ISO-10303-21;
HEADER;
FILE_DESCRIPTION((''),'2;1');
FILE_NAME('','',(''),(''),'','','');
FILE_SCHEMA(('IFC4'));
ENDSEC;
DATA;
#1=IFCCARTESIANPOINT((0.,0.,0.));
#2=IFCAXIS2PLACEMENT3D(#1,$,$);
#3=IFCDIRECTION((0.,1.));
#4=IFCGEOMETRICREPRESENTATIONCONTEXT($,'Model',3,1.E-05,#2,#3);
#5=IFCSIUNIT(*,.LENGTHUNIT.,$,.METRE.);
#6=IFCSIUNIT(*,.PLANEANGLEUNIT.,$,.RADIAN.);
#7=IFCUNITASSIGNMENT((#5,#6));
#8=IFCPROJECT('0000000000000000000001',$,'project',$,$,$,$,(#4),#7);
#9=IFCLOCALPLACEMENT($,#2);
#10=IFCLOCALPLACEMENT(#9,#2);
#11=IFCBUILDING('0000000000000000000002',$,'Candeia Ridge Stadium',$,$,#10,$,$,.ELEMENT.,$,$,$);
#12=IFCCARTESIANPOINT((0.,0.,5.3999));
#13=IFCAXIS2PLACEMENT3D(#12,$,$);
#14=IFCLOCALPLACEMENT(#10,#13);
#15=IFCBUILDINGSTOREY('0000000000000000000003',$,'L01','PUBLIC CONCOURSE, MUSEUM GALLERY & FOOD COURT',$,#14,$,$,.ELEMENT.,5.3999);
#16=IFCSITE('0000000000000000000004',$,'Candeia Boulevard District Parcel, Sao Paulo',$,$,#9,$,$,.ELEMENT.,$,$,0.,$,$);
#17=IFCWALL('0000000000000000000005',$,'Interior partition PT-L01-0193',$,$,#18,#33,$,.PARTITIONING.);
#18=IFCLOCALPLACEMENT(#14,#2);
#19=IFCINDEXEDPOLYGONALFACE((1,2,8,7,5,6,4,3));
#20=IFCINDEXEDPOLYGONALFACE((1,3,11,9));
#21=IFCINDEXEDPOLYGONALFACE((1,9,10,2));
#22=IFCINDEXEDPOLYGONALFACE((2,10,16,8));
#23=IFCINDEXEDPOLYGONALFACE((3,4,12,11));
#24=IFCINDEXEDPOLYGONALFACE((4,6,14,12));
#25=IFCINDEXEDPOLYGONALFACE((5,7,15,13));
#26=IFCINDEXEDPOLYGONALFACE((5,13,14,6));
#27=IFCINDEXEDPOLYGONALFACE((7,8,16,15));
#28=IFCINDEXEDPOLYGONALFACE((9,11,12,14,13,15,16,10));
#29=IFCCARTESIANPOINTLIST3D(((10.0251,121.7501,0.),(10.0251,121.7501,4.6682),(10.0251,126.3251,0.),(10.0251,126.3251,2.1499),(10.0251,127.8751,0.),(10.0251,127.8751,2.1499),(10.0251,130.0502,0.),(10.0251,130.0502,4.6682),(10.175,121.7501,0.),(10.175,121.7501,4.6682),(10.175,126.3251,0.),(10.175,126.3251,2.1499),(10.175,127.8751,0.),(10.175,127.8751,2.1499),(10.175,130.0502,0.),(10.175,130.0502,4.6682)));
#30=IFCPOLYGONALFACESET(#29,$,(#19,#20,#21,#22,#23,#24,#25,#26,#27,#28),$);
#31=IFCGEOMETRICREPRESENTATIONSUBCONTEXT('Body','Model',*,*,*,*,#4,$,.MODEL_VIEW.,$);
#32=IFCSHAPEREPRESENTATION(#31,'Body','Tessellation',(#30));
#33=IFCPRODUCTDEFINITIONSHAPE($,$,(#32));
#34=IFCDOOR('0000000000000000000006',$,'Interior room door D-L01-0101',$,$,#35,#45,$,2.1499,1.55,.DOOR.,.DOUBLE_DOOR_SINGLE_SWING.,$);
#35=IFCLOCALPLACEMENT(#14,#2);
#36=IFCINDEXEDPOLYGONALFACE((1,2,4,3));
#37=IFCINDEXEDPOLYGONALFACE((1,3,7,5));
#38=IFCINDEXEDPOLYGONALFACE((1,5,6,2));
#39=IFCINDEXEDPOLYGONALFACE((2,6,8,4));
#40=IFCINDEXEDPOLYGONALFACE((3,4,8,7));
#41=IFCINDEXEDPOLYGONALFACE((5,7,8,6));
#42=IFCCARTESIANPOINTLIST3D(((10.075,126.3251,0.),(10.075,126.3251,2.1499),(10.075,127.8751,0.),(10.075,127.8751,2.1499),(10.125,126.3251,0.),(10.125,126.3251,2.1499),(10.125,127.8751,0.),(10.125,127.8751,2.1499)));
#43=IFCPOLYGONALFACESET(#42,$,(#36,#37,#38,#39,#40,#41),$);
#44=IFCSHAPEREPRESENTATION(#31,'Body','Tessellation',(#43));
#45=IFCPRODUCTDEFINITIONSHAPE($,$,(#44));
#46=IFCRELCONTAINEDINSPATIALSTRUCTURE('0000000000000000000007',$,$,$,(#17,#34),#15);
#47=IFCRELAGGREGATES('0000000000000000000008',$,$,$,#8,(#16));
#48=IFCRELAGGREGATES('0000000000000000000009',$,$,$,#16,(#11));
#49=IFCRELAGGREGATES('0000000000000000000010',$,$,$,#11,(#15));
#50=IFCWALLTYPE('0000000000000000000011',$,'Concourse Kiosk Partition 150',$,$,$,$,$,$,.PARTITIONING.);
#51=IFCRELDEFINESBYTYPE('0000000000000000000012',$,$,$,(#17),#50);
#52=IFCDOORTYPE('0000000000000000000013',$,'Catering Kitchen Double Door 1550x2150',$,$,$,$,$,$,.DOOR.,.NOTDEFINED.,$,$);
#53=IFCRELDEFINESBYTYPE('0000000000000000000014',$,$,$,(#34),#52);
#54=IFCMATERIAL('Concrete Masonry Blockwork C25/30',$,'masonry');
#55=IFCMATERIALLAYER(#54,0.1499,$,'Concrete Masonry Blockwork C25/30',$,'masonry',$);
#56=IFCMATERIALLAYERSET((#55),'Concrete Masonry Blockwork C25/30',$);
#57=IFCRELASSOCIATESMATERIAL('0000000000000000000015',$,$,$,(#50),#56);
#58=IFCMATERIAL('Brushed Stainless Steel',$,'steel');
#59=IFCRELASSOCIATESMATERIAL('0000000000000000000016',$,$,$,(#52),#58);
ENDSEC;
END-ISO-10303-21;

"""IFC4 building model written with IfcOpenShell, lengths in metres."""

from ifc_helpers import new_model, si_unit, direction, frame, frame_2d, origin, place, context, subcontext, project, spatial, rectangle, extrude, material, layer, layer_set, type_object, element, fill, save


model = new_model("IFC4")

# Units and contexts
model_context = context("Model", 3, precision=1e-05, world=origin(), true_north=direction((0.0, 1.0)))
body_context = subcontext(model_context, "Body", "Model", "MODEL_VIEW")
ifc_project = project(units=[si_unit("LENGTHUNIT", "METRE"), si_unit("PLANEANGLEUNIT", "RADIAN")], contexts=[model_context])

# Site, building, storey
site_placement = place(None, origin())
site = spatial("IfcSite", under=ifc_project, at=site_placement, Name="Candeia Boulevard District Parcel, Sao Paulo", CompositionType="ELEMENT", RefElevation=0.0)
building_placement = place(site_placement, origin())
building = spatial("IfcBuilding", under=site, at=building_placement, Name="Candeia Ridge Stadium", CompositionType="ELEMENT")
storey_placement = place(building_placement, frame((0.0, 0.0, 5.3999)))
storey = spatial("IfcBuildingStorey", under=building, at=storey_placement, Name="L01", Description="PUBLIC CONCOURSE, MUSEUM GALLERY & FOOD COURT", CompositionType="ELEMENT", Elevation=5.3999)

# Wall, opening, door
ifc_material_1 = material(Name="Concrete Masonry Blockwork C25/30", Category="masonry")
ifc_layer_1 = layer(ifc_material_1, 0.1499, Name="Concrete Masonry Blockwork C25/30", Category="masonry")
ifc_layer_set_1 = layer_set([ifc_layer_1], Name="Concrete Masonry Blockwork C25/30")
wall_type = type_object("IfcWallType", Name="Concourse Kiosk Partition 150", PredefinedType="PARTITIONING", material=ifc_layer_set_1)
wall_placement = place(storey_placement, frame((10.1001, 130.05, 0.0), z_axis=(0.0, 0.0, 1.0), x_axis=(0.0, -1.0, 0.0)))
wall = element("IfcWall", 1, at=wall_placement, inside=storey, type_object=wall_type, Name="Interior partition PT-L01-0193", PredefinedType="PARTITIONING", context=body_context, shape_type="SweptSolid", body=[
    extrude(rectangle(XDim=8.3, YDim=0.1499, at=frame_2d((4.1499, 0.0))), origin(), (0.0, 0.0, 1.0), 4.6682),
])
opening_placement = place(wall_placement, frame((2.175, 0.0, 0.0)))
opening = element("IfcOpeningElement", 2, at=opening_placement, cuts=wall, PredefinedType="OPENING", context=body_context, shape_type="SweptSolid", body=[
    extrude(rectangle(XDim=1.55, YDim=2.1499, at=frame_2d((0.7749, 1.075))), frame((0.0, 0.085, 0.0), z_axis=(0.0, -1.0, 0.0), x_axis=(1.0, 0.0, 0.0)), (0.0, 0.0, 1.0), 0.1699),
])
ifc_material_2 = material(Name="Brushed Stainless Steel", Category="steel")
door_type = type_object("IfcDoorType", Name="Catering Kitchen Double Door 1550x2150", OperationType="NOTDEFINED", PredefinedType="DOOR", material=ifc_material_2)
door_placement = place(opening_placement, origin())
door = element("IfcDoor", 3, at=door_placement, inside=storey, type_object=door_type, Name="Interior room door D-L01-0101", OperationType="DOUBLE_DOOR_SINGLE_SWING", OverallHeight=2.1499, OverallWidth=1.55, PredefinedType="DOOR", context=body_context, shape_type="SweptSolid", body=[
    extrude(rectangle(XDim=1.55, YDim=2.1499, at=frame_2d((0.7749, 1.075))), frame((0.0, 0.0249, 0.0), z_axis=(0.0, -1.0, 0.0), x_axis=(1.0, 0.0, 0.0)), (0.0, 0.0, 1.0), 0.05),
])
fill(opening, door)

save(model, "model.ifc")
